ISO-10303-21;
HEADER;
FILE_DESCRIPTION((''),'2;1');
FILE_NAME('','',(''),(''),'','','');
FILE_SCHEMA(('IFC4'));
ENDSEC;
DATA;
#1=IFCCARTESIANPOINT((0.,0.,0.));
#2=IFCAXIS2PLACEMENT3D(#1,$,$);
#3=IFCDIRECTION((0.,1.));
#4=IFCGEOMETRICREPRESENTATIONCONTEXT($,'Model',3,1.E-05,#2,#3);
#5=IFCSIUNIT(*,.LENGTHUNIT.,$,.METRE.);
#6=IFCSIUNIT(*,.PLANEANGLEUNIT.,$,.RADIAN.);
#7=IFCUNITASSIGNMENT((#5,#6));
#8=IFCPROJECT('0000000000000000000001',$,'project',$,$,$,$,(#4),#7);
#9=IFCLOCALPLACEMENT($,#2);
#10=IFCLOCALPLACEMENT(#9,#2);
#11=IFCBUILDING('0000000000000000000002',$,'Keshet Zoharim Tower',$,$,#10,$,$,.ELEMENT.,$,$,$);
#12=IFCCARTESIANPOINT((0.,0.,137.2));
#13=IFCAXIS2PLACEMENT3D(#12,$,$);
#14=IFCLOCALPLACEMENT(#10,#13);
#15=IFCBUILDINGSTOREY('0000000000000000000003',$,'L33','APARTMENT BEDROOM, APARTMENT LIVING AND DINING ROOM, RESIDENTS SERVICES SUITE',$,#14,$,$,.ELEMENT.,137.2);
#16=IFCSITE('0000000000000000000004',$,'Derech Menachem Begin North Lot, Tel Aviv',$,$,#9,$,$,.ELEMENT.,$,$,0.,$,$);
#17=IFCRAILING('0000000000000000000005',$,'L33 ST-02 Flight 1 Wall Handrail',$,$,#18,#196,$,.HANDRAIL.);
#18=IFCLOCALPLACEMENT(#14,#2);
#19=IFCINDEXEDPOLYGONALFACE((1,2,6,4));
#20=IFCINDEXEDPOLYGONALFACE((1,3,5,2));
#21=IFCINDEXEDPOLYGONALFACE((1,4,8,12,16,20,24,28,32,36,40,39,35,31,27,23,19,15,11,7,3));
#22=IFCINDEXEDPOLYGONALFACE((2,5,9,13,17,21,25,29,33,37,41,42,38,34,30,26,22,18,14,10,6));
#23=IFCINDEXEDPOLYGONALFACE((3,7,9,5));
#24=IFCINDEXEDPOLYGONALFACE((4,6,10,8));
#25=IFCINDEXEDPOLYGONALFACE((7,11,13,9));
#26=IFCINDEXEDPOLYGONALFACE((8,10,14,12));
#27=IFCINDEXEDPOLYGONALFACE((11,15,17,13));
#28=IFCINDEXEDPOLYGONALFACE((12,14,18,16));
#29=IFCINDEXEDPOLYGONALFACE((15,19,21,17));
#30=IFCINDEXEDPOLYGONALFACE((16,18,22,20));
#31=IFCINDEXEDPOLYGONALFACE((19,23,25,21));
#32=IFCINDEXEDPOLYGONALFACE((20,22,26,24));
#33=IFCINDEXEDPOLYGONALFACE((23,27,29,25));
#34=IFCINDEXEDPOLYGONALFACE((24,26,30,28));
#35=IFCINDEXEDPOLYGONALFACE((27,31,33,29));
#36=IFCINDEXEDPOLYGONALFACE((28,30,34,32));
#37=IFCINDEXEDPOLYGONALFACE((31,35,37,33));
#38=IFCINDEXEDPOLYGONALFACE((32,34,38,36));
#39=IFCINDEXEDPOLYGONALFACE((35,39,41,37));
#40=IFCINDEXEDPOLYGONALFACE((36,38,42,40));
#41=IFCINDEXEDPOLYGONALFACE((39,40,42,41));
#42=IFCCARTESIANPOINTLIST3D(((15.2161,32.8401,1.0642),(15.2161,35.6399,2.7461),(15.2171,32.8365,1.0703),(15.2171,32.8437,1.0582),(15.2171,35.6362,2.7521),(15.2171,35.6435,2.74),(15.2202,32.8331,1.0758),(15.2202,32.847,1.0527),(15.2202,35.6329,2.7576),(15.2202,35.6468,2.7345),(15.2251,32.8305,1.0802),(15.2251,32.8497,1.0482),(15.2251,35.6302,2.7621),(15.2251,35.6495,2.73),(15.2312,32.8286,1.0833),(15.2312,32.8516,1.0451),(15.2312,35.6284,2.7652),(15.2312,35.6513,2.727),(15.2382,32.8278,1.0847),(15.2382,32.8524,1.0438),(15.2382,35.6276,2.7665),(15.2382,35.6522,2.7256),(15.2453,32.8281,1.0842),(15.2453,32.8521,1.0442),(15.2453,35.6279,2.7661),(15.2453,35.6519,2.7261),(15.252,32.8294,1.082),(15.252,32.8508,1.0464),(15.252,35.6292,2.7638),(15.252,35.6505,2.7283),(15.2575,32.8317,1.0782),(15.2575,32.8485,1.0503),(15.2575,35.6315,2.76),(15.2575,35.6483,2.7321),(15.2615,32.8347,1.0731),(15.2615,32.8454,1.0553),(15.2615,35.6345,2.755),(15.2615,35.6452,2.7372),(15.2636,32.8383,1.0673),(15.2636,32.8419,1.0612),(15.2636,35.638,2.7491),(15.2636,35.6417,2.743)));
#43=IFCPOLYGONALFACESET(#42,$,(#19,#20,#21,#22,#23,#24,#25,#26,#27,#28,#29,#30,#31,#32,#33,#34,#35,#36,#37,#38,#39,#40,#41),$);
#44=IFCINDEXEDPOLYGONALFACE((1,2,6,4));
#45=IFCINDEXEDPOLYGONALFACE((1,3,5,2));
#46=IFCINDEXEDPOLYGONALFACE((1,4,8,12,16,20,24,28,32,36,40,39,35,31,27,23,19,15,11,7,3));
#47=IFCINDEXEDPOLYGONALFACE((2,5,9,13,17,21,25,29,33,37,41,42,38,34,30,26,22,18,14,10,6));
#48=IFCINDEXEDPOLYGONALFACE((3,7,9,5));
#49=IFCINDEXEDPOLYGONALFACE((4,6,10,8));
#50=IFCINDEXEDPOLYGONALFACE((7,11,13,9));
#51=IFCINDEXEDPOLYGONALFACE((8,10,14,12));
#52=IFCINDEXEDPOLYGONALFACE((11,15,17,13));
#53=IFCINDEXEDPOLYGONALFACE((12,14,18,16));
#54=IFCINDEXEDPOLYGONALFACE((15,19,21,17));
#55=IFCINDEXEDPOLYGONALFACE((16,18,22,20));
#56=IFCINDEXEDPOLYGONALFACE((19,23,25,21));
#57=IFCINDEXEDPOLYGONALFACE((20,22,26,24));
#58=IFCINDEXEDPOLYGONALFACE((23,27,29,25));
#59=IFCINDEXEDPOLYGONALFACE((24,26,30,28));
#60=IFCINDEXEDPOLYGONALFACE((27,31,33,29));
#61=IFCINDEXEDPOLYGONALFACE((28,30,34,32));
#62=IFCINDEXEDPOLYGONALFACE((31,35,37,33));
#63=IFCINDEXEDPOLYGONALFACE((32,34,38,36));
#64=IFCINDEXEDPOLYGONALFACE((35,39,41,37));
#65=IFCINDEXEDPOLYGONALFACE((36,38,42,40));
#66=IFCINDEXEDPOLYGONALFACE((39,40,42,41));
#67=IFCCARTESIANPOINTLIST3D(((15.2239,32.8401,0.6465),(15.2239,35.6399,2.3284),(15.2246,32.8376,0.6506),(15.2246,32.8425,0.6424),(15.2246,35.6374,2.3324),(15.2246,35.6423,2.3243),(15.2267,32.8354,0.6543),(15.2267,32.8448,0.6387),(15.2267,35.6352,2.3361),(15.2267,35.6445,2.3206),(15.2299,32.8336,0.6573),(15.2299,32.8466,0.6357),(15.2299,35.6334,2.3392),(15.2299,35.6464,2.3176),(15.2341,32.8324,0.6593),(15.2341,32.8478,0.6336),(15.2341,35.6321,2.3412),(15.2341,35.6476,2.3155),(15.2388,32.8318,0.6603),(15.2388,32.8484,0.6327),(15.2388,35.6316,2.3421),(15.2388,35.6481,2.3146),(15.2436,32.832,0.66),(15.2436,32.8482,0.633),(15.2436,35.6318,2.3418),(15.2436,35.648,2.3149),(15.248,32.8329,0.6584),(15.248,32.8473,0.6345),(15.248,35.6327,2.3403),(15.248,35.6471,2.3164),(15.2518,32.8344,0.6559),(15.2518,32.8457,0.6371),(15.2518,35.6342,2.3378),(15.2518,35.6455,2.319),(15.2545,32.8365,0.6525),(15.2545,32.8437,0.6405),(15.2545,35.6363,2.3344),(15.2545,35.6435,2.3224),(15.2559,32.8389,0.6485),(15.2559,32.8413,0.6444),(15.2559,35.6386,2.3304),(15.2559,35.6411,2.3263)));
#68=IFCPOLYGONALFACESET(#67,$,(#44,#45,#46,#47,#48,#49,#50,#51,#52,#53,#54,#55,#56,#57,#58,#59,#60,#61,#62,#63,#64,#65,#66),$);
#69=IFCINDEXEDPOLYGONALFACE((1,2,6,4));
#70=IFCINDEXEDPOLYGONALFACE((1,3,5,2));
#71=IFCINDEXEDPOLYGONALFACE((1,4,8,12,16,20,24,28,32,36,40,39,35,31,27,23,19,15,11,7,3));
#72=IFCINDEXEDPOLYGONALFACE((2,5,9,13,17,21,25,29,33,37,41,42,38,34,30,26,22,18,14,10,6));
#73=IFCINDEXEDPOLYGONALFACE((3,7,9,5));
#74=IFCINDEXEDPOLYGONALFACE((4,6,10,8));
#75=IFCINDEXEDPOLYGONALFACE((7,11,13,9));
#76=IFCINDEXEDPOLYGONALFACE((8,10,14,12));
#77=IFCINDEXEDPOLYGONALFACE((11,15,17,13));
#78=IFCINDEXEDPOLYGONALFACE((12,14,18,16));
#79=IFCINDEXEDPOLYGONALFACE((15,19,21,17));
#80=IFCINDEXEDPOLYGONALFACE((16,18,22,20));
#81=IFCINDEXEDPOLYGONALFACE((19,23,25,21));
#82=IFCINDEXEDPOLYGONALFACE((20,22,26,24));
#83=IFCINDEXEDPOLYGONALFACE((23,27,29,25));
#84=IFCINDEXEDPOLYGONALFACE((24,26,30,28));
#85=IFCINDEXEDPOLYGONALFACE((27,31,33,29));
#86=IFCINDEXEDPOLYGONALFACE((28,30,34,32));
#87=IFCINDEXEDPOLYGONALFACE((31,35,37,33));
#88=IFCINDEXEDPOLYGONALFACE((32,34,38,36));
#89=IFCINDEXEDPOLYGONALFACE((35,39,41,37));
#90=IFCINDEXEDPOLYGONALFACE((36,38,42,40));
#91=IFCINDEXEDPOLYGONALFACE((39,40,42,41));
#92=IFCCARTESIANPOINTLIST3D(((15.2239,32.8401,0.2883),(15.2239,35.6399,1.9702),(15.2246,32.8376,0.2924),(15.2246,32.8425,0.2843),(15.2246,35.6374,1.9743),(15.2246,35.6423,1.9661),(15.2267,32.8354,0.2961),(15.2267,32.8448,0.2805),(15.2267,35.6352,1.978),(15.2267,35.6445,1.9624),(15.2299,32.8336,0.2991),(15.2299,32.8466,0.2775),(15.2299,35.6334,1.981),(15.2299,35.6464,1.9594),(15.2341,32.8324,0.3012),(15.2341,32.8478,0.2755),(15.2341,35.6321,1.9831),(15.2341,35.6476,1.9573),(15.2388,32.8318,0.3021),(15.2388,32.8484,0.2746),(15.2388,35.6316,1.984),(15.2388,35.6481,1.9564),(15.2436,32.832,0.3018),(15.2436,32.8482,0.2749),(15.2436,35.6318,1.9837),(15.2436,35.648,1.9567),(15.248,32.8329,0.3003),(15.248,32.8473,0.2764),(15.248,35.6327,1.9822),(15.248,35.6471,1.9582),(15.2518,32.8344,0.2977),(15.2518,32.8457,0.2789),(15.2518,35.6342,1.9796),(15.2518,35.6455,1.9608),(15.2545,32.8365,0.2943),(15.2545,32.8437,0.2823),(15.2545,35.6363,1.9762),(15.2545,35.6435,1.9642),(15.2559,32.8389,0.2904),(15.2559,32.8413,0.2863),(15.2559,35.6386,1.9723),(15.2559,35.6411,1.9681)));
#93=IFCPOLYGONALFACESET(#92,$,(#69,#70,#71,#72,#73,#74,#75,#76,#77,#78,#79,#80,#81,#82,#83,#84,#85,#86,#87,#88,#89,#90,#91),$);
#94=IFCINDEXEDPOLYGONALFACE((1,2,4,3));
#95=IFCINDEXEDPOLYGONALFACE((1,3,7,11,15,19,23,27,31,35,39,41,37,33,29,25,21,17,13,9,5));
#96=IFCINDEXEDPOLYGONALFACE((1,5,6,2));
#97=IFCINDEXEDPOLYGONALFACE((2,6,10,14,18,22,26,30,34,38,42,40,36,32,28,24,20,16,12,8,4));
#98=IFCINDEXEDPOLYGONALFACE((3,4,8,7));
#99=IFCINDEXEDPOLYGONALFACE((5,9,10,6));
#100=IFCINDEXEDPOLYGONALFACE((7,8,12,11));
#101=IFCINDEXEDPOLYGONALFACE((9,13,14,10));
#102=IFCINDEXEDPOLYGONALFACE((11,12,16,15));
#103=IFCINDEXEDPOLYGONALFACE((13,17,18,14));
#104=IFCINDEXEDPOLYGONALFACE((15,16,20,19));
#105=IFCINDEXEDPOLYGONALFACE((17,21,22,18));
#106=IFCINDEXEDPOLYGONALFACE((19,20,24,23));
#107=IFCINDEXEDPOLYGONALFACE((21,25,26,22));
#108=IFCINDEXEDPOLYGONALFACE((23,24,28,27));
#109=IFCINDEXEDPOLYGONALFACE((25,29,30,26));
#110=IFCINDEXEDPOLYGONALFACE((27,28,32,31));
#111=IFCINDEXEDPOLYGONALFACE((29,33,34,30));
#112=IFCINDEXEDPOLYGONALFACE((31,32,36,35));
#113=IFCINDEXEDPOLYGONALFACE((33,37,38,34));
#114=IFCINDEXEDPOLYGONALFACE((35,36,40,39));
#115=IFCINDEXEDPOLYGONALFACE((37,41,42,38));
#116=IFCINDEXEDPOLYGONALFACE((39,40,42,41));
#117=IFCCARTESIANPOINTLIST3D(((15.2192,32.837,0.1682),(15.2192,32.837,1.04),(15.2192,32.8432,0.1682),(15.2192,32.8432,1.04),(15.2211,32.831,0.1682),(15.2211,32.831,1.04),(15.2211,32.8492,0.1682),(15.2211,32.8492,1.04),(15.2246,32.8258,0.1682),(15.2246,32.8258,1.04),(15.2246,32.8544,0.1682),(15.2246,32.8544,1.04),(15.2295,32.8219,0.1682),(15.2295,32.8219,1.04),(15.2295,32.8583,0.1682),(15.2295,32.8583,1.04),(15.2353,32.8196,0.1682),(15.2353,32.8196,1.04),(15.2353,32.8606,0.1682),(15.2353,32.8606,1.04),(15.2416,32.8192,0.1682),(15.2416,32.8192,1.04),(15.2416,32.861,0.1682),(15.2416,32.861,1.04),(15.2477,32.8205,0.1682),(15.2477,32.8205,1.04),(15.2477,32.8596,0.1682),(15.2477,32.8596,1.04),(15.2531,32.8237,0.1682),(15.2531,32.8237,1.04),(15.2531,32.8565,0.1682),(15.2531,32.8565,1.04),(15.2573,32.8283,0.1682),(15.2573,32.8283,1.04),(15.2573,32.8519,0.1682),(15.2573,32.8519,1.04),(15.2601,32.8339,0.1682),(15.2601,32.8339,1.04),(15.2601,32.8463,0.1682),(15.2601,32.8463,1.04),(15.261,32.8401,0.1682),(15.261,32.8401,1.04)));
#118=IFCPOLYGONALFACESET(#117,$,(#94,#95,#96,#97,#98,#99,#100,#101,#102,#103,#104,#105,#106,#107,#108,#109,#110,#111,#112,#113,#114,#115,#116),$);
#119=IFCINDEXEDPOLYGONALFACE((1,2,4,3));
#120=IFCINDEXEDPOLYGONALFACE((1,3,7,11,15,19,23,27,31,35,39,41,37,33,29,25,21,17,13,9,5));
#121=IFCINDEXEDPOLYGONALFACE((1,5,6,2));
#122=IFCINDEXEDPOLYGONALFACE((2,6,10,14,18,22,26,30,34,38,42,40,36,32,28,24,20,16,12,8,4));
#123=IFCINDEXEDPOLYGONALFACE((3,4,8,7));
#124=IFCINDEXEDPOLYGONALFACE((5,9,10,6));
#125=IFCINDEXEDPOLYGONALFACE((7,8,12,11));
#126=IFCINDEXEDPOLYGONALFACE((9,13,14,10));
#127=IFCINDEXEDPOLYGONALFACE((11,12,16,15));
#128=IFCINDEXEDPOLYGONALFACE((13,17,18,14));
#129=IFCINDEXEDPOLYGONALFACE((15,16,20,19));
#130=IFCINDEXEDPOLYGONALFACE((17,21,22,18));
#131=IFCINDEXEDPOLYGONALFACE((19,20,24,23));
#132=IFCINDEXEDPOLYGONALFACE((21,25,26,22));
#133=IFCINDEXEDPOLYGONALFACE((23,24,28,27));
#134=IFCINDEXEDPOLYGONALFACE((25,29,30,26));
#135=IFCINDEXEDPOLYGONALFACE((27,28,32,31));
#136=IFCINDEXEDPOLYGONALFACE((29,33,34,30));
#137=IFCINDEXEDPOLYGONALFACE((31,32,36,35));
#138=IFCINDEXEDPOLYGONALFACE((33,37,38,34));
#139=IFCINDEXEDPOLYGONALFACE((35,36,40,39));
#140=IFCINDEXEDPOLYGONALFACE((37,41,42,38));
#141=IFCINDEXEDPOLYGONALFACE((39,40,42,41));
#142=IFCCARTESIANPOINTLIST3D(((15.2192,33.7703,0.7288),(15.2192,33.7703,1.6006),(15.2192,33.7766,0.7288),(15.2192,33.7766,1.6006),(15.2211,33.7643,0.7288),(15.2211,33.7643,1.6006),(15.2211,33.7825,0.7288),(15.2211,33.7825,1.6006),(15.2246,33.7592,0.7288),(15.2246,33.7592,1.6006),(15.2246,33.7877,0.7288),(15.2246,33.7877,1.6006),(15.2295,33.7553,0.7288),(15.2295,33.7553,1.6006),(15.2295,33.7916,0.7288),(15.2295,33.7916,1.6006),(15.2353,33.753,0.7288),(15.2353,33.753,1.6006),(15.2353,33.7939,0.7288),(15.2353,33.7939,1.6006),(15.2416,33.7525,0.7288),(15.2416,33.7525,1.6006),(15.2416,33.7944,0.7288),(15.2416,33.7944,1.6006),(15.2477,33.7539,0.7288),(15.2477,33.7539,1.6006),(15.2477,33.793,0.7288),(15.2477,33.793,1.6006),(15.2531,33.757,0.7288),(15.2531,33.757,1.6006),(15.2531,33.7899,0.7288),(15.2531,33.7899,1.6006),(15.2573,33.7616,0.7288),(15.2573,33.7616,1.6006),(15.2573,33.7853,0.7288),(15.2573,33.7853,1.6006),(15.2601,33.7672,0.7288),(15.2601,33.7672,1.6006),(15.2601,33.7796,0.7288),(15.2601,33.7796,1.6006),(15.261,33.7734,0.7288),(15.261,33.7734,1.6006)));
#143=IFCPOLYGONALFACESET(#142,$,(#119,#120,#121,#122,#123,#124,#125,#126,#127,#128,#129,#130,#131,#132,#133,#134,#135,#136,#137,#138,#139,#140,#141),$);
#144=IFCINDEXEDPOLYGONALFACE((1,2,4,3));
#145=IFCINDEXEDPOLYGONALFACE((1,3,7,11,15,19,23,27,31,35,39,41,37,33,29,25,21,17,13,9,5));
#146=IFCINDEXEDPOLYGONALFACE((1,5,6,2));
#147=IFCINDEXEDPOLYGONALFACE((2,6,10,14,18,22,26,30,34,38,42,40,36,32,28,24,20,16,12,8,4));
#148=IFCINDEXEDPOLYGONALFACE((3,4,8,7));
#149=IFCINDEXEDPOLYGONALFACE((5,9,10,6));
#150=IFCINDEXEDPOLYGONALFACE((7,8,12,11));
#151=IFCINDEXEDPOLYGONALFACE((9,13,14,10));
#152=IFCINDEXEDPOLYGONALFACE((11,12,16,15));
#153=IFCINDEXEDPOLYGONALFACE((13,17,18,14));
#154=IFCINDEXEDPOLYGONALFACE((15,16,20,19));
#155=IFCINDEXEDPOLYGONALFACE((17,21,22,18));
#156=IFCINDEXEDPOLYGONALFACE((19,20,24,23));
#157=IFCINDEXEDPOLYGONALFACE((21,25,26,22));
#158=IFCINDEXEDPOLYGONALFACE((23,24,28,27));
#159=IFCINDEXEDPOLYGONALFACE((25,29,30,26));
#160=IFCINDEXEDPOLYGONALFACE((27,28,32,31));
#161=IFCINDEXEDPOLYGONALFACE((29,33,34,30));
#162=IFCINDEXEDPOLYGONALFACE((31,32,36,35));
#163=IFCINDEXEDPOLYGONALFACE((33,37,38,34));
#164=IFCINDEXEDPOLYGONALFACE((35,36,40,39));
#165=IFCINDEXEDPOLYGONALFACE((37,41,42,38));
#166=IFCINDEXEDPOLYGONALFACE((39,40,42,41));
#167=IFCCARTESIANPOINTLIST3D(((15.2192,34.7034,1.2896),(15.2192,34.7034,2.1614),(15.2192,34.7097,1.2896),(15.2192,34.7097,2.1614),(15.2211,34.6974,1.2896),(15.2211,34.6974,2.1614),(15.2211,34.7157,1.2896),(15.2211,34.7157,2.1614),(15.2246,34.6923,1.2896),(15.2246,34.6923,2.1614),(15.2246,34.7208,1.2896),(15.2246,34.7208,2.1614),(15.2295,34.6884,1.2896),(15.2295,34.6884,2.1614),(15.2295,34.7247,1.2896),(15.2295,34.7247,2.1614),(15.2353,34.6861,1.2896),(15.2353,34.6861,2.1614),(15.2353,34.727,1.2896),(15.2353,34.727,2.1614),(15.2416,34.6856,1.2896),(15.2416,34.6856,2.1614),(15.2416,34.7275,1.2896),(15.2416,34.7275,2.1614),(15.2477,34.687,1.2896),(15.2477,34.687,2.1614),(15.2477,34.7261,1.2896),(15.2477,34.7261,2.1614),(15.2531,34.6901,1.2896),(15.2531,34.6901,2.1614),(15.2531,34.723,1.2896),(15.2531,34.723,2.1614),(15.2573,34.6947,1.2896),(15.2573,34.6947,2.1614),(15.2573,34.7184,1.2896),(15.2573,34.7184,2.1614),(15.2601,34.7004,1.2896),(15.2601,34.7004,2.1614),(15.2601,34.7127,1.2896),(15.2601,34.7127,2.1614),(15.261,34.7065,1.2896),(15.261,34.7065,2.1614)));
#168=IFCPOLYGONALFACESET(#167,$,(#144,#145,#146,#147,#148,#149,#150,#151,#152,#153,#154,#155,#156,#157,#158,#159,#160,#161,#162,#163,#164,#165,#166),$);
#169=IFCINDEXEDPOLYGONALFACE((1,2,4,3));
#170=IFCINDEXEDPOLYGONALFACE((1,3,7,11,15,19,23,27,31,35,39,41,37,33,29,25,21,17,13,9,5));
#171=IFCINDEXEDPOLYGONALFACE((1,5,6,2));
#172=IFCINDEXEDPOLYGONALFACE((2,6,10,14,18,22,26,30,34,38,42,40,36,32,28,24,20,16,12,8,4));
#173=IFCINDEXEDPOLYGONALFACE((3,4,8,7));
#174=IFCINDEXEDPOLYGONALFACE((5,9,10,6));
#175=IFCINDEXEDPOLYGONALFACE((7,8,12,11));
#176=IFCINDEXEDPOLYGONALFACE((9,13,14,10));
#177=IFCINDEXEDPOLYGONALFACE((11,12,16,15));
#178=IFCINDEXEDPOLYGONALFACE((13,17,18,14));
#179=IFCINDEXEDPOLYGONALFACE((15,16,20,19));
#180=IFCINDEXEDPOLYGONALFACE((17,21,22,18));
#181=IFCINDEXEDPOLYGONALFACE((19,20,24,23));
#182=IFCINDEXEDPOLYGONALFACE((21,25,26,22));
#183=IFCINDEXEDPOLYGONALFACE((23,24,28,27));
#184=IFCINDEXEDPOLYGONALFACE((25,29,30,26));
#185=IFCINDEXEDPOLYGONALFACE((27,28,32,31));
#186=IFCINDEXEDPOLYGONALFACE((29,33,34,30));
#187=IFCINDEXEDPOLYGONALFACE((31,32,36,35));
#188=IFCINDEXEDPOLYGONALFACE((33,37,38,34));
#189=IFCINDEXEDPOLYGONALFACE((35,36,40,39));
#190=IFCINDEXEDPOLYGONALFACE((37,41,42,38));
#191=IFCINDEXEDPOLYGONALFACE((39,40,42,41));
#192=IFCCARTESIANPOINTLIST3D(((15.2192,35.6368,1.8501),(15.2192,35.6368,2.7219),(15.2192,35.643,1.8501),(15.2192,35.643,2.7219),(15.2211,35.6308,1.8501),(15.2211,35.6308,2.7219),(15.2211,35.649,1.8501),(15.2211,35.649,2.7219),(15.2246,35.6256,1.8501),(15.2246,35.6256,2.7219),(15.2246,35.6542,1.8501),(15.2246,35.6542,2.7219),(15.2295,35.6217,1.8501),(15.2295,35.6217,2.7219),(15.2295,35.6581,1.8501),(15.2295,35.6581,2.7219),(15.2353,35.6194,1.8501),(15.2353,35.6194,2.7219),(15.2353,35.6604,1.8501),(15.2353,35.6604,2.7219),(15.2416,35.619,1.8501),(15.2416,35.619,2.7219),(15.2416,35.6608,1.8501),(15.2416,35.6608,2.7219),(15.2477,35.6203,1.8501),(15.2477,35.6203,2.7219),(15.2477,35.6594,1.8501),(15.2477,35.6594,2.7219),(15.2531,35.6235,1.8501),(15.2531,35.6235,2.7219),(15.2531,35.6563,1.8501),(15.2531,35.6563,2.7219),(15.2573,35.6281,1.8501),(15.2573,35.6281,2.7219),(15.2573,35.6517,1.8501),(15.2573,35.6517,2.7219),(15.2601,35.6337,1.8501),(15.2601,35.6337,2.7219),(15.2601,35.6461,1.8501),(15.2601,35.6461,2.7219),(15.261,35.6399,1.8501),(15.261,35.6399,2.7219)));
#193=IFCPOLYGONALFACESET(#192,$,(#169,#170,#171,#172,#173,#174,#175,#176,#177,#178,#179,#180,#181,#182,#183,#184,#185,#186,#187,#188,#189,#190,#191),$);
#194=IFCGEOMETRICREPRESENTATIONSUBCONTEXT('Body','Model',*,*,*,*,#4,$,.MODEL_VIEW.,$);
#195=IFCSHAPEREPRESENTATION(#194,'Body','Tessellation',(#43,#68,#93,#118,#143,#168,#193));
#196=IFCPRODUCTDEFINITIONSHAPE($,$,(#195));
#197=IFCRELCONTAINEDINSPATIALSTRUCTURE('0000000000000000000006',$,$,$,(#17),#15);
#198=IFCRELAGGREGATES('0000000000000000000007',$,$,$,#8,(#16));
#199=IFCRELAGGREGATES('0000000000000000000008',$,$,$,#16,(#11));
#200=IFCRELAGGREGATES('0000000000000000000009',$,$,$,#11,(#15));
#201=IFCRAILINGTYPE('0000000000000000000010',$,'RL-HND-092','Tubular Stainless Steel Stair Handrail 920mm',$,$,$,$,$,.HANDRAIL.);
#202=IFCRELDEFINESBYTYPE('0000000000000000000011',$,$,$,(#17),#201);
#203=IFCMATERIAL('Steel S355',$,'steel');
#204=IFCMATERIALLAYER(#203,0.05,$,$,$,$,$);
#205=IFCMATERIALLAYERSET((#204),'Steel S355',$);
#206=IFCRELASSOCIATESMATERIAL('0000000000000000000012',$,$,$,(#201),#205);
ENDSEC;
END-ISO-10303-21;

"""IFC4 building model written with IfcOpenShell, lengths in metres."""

from ifc_helpers import new_model, si_unit, direction, frame, origin, origin_2d, place, context, subcontext, project, spatial, circle, extrude, material, layer, layer_set, type_object, element, save


model = new_model("IFC4")

# Units and contexts
model_context = context("Model", 3, precision=1e-05, world=origin(), true_north=direction((0.0, 1.0)))
body_context = subcontext(model_context, "Body", "Model", "MODEL_VIEW")
ifc_project = project(units=[si_unit("LENGTHUNIT", "METRE"), si_unit("PLANEANGLEUNIT", "RADIAN")], contexts=[model_context])

# Site, building, storey
site_placement = place(None, origin())
site = spatial("IfcSite", under=ifc_project, at=site_placement, Name="Derech Menachem Begin North Lot, Tel Aviv", CompositionType="ELEMENT", RefElevation=0.0)
building_placement = place(site_placement, origin())
building = spatial("IfcBuilding", under=site, at=building_placement, Name="Keshet Zoharim Tower", CompositionType="ELEMENT")
storey_placement = place(building_placement, frame((0.0, 0.0, 137.2)))
storey = spatial("IfcBuildingStorey", under=building, at=storey_placement, Name="L33", Description="APARTMENT BEDROOM, APARTMENT LIVING AND DINING ROOM, RESIDENTS SERVICES SUITE", CompositionType="ELEMENT", Elevation=137.2)

# Shared definitions
ifc_material_1 = material(Name="Steel S355", Category="steel")

# Railing
ifc_layer_1 = layer(ifc_material_1, 0.05)
ifc_layer_set_1 = layer_set([ifc_layer_1], Name="Steel S355")
railing_type_1 = type_object("IfcRailingType", Name="RL-HND-092", Description="Tubular Stainless Steel Stair Handrail 920mm", PredefinedType="HANDRAIL", material=ifc_layer_set_1)
railing_1_placement = place(storey_placement, frame((15.24, 32.8401, 0.1682)))
element("IfcRailing", 1, at=railing_1_placement, inside=storey, type_object=railing_type_1, Name="L33 ST-02 Flight 1 Wall Handrail", PredefinedType="HANDRAIL", context=body_context, shape_type="SweptSolid", body=[
    extrude(circle(Radius=0.0239, at=origin_2d()), frame((0.0, 0.0, 0.896), z_axis=(0.0, 0.857222, 0.514946), x_axis=(-1.0, 0.0, 0.0)), (0.0, 0.0, 1.0), 3.2661),
    extrude(circle(Radius=0.0161, at=origin_2d()), frame((0.0, 0.0, 0.4783), z_axis=(0.0, 0.857222, 0.514946), x_axis=(-1.0, 0.0, 0.0)), (0.0, 0.0, 1.0), 3.2661),
    extrude(circle(Radius=0.0161, at=origin_2d()), frame((0.0, 0.0, 0.1201), z_axis=(0.0, 0.857222, 0.514946), x_axis=(-1.0, 0.0, 0.0)), (0.0, 0.0, 1.0), 3.2661),
    extrude(circle(Radius=0.021, at=origin_2d()), origin(), (0.0, 0.0, 1.0), 0.8718),
    extrude(circle(Radius=0.021, at=origin_2d()), frame((0.0, 0.9333, 0.5605)), (0.0, 0.0, 1.0), 0.8718),
    extrude(circle(Radius=0.021, at=origin_2d()), frame((0.0, 1.8665, 1.1213)), (0.0, 0.0, 1.0), 0.8718),
    extrude(circle(Radius=0.021, at=origin_2d()), frame((0.0, 2.7998, 1.6819)), (0.0, 0.0, 1.0), 0.8718),
])

save(model, "model.ifc")
